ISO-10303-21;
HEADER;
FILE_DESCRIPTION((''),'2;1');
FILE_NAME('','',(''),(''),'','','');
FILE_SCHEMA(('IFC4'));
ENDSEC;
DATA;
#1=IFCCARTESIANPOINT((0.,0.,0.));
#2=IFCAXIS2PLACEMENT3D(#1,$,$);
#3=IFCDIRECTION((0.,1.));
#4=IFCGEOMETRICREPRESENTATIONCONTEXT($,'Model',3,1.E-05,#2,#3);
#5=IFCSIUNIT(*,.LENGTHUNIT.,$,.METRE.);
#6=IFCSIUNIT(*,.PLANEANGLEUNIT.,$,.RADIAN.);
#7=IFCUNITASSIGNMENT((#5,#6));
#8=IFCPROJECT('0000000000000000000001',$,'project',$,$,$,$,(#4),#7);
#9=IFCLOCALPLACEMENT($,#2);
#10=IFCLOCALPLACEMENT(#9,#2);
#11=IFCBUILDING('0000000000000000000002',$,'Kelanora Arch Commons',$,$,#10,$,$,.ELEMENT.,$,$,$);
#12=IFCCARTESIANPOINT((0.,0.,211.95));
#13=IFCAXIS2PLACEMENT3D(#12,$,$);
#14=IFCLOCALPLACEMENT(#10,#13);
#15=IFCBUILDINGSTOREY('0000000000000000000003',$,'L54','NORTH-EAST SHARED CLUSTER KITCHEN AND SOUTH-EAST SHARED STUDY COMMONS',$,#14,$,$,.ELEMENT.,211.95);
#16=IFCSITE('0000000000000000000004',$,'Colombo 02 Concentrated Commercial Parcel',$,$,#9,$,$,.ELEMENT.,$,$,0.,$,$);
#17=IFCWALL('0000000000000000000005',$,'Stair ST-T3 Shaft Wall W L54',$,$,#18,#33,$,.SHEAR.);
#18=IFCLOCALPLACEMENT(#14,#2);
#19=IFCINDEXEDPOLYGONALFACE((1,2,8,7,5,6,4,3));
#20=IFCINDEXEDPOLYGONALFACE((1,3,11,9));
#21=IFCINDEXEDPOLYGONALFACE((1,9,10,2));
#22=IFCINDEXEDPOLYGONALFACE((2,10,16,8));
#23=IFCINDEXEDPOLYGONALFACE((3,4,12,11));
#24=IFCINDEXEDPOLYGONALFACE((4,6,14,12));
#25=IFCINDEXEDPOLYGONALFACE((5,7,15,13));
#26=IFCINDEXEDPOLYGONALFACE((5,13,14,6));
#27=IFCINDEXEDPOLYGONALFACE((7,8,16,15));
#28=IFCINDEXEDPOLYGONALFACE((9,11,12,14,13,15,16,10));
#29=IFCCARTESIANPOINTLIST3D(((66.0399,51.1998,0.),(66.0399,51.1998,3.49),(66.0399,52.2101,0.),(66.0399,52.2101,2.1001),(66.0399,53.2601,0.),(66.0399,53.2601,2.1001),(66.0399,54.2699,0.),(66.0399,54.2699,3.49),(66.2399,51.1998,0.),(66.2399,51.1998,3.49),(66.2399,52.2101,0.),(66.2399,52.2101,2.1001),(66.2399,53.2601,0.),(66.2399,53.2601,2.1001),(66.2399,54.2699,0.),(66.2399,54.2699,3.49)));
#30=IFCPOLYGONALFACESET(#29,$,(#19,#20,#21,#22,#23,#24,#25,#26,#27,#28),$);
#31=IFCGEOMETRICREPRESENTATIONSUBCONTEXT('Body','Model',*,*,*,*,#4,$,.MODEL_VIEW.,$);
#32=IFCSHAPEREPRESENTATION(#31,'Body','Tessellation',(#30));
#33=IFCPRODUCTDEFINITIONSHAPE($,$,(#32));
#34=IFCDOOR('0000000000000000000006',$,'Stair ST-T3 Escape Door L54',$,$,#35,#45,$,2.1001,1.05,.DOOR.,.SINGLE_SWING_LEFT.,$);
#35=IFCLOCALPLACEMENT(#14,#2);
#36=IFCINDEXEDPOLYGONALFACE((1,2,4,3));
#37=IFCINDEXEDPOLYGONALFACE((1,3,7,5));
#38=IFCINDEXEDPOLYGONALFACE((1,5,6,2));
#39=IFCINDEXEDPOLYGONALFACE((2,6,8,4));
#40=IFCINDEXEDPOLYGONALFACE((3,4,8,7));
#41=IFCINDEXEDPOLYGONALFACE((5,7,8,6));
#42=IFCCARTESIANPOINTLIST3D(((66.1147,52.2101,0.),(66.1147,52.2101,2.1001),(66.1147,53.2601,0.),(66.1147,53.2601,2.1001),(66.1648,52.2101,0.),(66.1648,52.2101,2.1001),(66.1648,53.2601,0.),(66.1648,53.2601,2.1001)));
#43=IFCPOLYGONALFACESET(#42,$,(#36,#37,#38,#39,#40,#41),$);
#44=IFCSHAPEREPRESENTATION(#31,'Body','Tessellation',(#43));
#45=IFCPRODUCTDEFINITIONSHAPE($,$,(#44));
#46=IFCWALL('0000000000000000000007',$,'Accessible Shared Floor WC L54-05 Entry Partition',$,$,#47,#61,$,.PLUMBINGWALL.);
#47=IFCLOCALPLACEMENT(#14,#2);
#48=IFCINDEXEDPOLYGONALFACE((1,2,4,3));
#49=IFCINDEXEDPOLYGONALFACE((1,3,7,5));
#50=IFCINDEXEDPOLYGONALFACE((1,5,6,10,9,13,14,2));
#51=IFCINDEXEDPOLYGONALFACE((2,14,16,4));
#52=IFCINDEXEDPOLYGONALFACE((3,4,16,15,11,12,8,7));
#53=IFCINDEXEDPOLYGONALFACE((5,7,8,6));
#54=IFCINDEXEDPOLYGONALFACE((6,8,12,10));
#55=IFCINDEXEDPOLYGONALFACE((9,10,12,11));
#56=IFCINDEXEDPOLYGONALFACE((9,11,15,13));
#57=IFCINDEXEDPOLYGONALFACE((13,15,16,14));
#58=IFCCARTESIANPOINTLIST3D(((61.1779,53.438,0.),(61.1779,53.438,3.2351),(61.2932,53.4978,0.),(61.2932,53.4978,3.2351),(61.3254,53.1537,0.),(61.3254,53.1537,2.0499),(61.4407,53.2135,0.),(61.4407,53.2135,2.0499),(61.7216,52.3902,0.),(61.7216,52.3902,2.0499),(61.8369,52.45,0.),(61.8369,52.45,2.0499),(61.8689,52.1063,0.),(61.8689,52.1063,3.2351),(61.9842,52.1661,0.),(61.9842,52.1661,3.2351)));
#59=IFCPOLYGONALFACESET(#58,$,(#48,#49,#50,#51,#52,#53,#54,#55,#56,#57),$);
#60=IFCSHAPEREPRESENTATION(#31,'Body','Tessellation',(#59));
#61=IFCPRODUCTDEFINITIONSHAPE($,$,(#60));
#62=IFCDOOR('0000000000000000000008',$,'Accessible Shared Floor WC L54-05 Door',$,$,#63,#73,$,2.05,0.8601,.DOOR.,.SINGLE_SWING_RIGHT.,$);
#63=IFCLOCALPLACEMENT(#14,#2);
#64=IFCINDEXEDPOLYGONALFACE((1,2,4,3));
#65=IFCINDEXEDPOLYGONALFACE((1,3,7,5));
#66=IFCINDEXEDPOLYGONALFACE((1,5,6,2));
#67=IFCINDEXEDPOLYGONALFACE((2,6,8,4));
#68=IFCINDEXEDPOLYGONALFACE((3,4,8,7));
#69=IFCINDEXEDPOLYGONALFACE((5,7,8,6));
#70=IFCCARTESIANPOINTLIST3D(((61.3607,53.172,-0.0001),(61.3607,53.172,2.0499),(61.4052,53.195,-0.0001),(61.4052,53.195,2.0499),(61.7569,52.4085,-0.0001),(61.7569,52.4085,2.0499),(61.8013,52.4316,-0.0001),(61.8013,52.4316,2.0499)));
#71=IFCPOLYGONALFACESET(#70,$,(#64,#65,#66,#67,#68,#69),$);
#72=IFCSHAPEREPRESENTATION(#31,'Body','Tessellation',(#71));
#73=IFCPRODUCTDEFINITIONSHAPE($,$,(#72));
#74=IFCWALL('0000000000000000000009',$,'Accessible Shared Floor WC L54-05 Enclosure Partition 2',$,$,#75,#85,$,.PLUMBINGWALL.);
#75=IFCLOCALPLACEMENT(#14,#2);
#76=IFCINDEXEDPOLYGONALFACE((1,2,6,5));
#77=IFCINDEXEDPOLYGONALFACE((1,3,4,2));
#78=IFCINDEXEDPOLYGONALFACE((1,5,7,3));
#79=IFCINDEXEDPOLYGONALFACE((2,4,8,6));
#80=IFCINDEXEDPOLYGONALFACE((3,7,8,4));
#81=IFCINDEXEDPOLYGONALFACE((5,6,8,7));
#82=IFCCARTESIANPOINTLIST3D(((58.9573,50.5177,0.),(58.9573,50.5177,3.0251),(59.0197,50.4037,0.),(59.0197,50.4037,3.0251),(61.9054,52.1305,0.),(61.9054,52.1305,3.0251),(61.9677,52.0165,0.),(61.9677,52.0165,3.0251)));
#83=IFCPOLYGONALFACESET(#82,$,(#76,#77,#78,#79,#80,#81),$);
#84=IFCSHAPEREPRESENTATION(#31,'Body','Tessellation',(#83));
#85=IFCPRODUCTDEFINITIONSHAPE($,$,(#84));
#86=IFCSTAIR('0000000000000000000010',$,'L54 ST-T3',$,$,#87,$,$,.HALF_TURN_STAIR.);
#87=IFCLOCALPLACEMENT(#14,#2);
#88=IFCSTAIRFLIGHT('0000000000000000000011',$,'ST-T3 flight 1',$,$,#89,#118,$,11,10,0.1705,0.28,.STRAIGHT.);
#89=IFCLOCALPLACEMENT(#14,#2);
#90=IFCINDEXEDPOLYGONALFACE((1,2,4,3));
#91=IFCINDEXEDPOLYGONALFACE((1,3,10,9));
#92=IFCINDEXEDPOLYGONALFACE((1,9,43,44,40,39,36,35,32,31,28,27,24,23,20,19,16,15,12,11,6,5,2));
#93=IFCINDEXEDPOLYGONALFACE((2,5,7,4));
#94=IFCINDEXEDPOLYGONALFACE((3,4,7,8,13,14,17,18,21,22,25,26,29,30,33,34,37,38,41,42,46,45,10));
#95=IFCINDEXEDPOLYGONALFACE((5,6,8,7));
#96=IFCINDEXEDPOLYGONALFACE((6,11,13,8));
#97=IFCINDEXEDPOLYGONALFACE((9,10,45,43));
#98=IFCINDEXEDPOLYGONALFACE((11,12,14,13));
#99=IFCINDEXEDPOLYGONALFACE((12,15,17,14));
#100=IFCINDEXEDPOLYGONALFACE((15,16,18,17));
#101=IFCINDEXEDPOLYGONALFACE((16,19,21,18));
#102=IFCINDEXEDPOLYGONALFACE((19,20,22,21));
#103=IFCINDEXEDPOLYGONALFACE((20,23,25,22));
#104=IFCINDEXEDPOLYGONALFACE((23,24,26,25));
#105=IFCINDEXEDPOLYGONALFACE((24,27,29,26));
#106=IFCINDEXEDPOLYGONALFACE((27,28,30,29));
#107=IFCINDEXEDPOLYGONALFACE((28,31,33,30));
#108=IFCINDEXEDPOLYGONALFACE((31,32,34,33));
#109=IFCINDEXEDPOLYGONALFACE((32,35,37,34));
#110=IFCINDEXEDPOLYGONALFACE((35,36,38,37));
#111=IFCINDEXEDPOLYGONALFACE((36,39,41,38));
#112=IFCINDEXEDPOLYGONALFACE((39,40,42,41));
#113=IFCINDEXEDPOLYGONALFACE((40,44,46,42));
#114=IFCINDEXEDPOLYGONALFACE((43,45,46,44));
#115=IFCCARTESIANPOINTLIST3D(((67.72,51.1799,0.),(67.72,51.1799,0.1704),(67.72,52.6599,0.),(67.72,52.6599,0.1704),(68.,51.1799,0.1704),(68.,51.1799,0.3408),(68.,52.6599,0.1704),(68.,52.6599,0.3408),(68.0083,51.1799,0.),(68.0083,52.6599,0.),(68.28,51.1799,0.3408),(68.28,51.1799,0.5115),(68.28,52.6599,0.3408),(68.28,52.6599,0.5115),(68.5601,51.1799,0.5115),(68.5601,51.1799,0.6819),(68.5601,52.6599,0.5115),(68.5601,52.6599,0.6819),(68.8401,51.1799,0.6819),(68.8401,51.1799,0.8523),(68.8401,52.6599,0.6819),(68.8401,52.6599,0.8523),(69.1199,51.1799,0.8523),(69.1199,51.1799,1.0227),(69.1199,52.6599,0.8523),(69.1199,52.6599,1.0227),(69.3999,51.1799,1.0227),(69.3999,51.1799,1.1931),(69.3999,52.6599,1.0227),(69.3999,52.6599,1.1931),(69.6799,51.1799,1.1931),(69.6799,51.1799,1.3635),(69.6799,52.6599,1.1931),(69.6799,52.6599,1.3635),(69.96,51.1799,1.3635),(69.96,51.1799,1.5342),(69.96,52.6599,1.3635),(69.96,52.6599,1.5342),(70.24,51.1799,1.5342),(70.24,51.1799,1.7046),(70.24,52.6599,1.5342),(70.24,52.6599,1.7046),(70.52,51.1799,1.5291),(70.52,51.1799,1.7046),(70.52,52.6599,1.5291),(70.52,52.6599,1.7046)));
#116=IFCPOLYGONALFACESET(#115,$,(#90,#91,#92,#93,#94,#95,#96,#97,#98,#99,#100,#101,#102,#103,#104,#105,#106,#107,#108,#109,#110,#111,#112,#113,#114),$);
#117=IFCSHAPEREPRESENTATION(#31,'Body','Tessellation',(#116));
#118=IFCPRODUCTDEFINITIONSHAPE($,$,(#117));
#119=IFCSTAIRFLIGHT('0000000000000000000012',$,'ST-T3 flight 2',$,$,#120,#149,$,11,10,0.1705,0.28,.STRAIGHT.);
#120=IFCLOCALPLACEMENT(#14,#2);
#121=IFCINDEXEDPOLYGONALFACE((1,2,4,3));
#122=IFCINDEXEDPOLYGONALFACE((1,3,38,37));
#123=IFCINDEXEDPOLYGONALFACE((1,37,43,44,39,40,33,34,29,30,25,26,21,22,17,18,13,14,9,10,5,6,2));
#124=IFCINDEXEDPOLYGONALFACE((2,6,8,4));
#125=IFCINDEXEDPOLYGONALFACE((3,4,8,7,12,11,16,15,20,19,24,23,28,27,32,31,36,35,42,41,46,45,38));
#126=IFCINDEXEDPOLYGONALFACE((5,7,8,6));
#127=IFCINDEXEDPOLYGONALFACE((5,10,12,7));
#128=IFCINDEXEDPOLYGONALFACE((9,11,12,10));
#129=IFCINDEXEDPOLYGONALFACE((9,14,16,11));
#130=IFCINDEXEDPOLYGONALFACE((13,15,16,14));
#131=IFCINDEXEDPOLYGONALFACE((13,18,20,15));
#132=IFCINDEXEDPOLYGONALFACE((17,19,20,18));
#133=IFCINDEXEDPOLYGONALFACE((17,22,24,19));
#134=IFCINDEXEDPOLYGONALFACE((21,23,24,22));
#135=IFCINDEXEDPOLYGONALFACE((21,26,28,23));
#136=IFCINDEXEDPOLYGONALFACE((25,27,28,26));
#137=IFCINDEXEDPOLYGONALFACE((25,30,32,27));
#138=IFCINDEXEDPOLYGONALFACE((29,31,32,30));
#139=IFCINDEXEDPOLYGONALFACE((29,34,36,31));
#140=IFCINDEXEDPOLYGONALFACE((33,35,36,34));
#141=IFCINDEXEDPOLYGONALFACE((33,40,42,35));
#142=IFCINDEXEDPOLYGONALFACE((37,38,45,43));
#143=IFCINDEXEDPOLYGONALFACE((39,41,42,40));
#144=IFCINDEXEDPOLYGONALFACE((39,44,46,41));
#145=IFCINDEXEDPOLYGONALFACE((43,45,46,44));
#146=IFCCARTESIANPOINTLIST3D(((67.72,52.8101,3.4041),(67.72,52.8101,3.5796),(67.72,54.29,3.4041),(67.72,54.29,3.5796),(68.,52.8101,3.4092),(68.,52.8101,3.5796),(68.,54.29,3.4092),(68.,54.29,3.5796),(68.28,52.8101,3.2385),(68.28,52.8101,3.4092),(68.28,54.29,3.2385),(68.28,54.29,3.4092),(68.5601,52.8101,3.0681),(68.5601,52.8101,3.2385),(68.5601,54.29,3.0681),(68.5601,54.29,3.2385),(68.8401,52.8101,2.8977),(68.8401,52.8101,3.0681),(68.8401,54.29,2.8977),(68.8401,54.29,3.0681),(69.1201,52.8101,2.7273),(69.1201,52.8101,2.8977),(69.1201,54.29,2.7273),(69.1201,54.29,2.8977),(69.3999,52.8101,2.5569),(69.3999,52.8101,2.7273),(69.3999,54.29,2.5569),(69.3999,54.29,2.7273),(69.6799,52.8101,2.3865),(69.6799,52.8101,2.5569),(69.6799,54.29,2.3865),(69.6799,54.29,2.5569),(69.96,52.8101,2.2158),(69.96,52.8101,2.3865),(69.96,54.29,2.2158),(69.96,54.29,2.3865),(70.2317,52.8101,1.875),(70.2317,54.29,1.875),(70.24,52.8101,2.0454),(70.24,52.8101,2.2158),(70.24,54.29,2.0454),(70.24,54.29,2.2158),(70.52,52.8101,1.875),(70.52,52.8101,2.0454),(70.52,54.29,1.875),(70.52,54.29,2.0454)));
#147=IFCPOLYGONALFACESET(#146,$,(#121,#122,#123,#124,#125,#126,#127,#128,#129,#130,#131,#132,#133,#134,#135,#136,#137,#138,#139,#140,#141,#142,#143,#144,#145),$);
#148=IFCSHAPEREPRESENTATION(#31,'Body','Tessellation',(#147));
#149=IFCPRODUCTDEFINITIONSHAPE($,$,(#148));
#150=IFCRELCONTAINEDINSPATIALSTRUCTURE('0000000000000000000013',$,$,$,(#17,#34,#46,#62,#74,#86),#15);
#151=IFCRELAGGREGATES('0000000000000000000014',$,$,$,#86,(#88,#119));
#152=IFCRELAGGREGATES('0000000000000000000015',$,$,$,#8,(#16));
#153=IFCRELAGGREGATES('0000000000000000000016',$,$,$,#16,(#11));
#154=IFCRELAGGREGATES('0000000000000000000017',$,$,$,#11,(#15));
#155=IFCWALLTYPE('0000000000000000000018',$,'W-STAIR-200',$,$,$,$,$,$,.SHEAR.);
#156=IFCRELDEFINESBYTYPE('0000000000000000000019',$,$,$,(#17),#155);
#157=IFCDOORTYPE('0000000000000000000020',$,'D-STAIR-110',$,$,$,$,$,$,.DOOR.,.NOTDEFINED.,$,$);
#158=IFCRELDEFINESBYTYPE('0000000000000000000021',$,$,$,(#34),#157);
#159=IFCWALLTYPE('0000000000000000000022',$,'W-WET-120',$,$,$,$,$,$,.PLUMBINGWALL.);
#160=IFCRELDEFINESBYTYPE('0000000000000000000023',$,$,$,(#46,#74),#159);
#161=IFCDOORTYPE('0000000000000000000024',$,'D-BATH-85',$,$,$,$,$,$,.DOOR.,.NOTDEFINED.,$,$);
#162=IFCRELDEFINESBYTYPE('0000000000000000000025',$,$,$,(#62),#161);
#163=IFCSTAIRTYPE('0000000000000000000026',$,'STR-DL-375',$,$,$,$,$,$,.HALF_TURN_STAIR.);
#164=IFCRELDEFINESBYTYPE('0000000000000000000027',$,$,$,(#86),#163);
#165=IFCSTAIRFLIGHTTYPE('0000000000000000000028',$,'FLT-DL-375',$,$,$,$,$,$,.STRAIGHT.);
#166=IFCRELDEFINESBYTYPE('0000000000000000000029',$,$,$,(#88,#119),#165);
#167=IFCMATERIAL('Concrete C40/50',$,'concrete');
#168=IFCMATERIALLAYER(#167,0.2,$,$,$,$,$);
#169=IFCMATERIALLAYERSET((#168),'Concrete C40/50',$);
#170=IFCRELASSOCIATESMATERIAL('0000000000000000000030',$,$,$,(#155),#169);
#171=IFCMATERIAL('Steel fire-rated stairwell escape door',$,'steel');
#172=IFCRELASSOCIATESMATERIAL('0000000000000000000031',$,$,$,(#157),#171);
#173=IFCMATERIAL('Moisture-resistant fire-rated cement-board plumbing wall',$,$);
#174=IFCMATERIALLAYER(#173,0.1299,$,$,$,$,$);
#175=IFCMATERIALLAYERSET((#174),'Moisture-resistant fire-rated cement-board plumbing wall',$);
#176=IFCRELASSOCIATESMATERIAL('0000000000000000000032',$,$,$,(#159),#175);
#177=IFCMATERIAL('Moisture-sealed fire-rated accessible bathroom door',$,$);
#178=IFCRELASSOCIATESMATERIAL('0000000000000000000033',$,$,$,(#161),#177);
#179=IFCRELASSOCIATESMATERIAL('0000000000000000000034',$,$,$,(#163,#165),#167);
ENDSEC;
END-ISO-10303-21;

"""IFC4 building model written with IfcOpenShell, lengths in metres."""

from ifc_helpers import new_model, si_unit, direction, frame, frame_2d, origin, place, context, subcontext, project, spatial, polyline, rectangle, outline, extrude, material, layer, layer_set, type_object, element, fill, aggregate, save


model = new_model("IFC4")

# Units and contexts
model_context = context("Model", 3, precision=1e-05, world=origin(), true_north=direction((0.0, 1.0)))
body_context = subcontext(model_context, "Body", "Model", "MODEL_VIEW")
ifc_project = project(units=[si_unit("LENGTHUNIT", "METRE"), si_unit("PLANEANGLEUNIT", "RADIAN")], contexts=[model_context])

# Site, building, storey
site_placement = place(None, origin())
site = spatial("IfcSite", under=ifc_project, at=site_placement, Name="Colombo 02 Concentrated Commercial Parcel", CompositionType="ELEMENT", RefElevation=0.0)
building_placement = place(site_placement, origin())
building = spatial("IfcBuilding", under=site, at=building_placement, Name="Kelanora Arch Commons", CompositionType="ELEMENT")
storey_placement = place(building_placement, frame((0.0, 0.0, 211.95)))
storey = spatial("IfcBuildingStorey", under=building, at=storey_placement, Name="L54", Description="NORTH-EAST SHARED CLUSTER KITCHEN AND SOUTH-EAST SHARED STUDY COMMONS", CompositionType="ELEMENT", Elevation=211.95)

# Shared definitions
ifc_material_1 = material(Name="Concrete C40/50", Category="concrete")

# Shared definitions
ifc_layer_1 = layer(ifc_material_1, 0.2)
ifc_layer_set_1 = layer_set([ifc_layer_1], Name="Concrete C40/50")
wall_type_1 = type_object("IfcWallType", Name="W-STAIR-200", PredefinedType="SHEAR", material=ifc_layer_set_1)

# Walls, openings, doors
wall_1_placement = place(storey_placement, frame((66.1399, 54.27, 0.0), z_axis=(0.0, 0.0, 1.0), x_axis=(0.0, -1.0, 0.0)))
wall_1 = element("IfcWall", 1, at=wall_1_placement, inside=storey, type_object=wall_type_1, Name="Stair ST-T3 Shaft Wall W L54", PredefinedType="SHEAR", context=body_context, shape_type="SweptSolid", body=[
    extrude(rectangle(XDim=3.0701, YDim=0.2, at=frame_2d((1.5352, 0.0))), origin(), (0.0, 0.0, 1.0), 3.49),
])
opening_1_placement = place(wall_1_placement, frame((1.01, 0.0, 0.0)))
opening_1 = element("IfcOpeningElement", 2, at=opening_1_placement, cuts=wall_1, PredefinedType="OPENING", context=body_context, shape_type="SweptSolid", body=[
    extrude(rectangle(XDim=1.05, YDim=2.1001, at=frame_2d((0.5249, 1.05))), frame((0.0, 0.1099, 0.0), z_axis=(0.0, -1.0, 0.0), x_axis=(1.0, 0.0, 0.0)), (0.0, 0.0, 1.0), 0.22),
])
ifc_material_2 = material(Name="Steel fire-rated stairwell escape door", Category="steel")
door_type_1 = type_object("IfcDoorType", Name="D-STAIR-110", OperationType="NOTDEFINED", PredefinedType="DOOR", material=ifc_material_2)
door_1_placement = place(opening_1_placement, origin())
door_1 = element("IfcDoor", 3, at=door_1_placement, inside=storey, type_object=door_type_1, Name="Stair ST-T3 Escape Door L54", OperationType="SINGLE_SWING_LEFT", OverallHeight=2.1001, OverallWidth=1.05, PredefinedType="DOOR", context=body_context, shape_type="SweptSolid", body=[
    extrude(rectangle(XDim=1.05, YDim=2.1001, at=frame_2d((0.5249, 1.05))), frame((0.0, 0.0249, 0.0), z_axis=(0.0, -1.0, 0.0), x_axis=(1.0, 0.0, 0.0)), (0.0, 0.0, 1.0), 0.05),
])
fill(opening_1, door_1)
ifc_material_3 = material(Name="Moisture-resistant fire-rated cement-board plumbing wall")
ifc_layer_2 = layer(ifc_material_3, 0.1299)
ifc_layer_set_2 = layer_set([ifc_layer_2], Name="Moisture-resistant fire-rated cement-board plumbing wall")
wall_type_2 = type_object("IfcWallType", Name="W-WET-120", PredefinedType="PLUMBINGWALL", material=ifc_layer_set_2)
wall_2_placement = place(storey_placement, frame((61.2356, 53.4678, 0.0), z_axis=(0.0, 0.0, 1.0), x_axis=(0.460574, -0.887621, 0.0)))
wall_2 = element("IfcWall", 4, at=wall_2_placement, inside=storey, type_object=wall_type_2, Name="Accessible Shared Floor WC L54-05 Entry Partition", PredefinedType="PLUMBINGWALL", context=body_context, shape_type="SweptSolid", body=[
    extrude(rectangle(XDim=1.5002, YDim=0.1299, at=frame_2d((0.75, 0.0))), origin(), (0.0, 0.0, 1.0), 3.2351),
])
opening_2_placement = place(wall_2_placement, frame((0.3201, 0.0, 0.0)))
opening_2 = element("IfcOpeningElement", 5, at=opening_2_placement, cuts=wall_2, PredefinedType="OPENING", context=body_context, shape_type="SweptSolid", body=[
    extrude(rectangle(XDim=0.8601, YDim=2.05, at=frame_2d((0.4302, 1.0249))), frame((0.0, 0.075, 0.0), z_axis=(0.0, -1.0, 0.0), x_axis=(1.0, 0.0, 0.0)), (0.0, 0.0, 1.0), 0.1499),
])
ifc_material_4 = material(Name="Moisture-sealed fire-rated accessible bathroom door")
door_type_2 = type_object("IfcDoorType", Name="D-BATH-85", OperationType="NOTDEFINED", PredefinedType="DOOR", material=ifc_material_4)
door_2_placement = place(opening_2_placement, origin())
door_2 = element("IfcDoor", 6, at=door_2_placement, inside=storey, type_object=door_type_2, Name="Accessible Shared Floor WC L54-05 Door", OperationType="SINGLE_SWING_RIGHT", OverallHeight=2.05, OverallWidth=0.8601, PredefinedType="DOOR", context=body_context, shape_type="SweptSolid", body=[
    extrude(rectangle(XDim=0.8601, YDim=2.05, at=frame_2d((0.4302, 1.0249))), frame((0.0, 0.0249, 0.0), z_axis=(0.0, -1.0, 0.0), x_axis=(1.0, 0.0, 0.0)), (0.0, 0.0, 1.0), 0.05),
])
fill(opening_2, door_2)

# Wall
wall_3_placement = place(storey_placement, frame((61.9365, 52.0735, 0.0), z_axis=(0.0, 0.0, 1.0), x_axis=(-0.877295, -0.479951, 0.0)))
element("IfcWall", 7, at=wall_3_placement, inside=storey, type_object=wall_type_2, Name="Accessible Shared Floor WC L54-05 Enclosure Partition 2", PredefinedType="PLUMBINGWALL", context=body_context, shape_type="SweptSolid", body=[
    extrude(rectangle(XDim=3.3604, YDim=0.1299, at=frame_2d((1.6802, 0.0))), origin(), (0.0, 0.0, 1.0), 3.0251),
])

# Stair, stair flights
stair_type = type_object("IfcStairType", Name="STR-DL-375", PredefinedType="HALF_TURN_STAIR", material=ifc_material_1)
stair_placement = place(storey_placement, origin())
stair = element("IfcStair", 8, at=stair_placement, inside=storey, type_object=stair_type, Name="L54 ST-T3", PredefinedType="HALF_TURN_STAIR")
stair_flight_type = type_object("IfcStairFlightType", Name="FLT-DL-375", PredefinedType="STRAIGHT", material=ifc_material_1)
stair_flight_1_placement = place(storey_placement, frame((67.72, 51.9199, 0.0), z_axis=(0.0, 0.0, 1.0), x_axis=(1.0, 0.0, 0.0)))
stair_flight_1 = element("IfcStairFlight", 9, at=stair_flight_1_placement, type_object=stair_flight_type, Name="ST-T3 flight 1", NumberOfRisers=11, NumberOfTreads=10, PredefinedType="STRAIGHT", RiserHeight=0.1705, TreadLength=0.28, context=body_context, shape_type="SweptSolid", body=[
    extrude(outline(polyline([(0.0, 0.0), (0.0, 0.1704), (0.28, 0.1704), (0.28, 0.3408), (0.5601, 0.3408), (0.5601, 0.5115), (0.8401, 0.5115), (0.8401, 0.6819), (1.1201, 0.6819), (1.1201, 0.8523), (1.3999, 0.8523), (1.3999, 1.0227), (1.6799, 1.0227), (1.6799, 1.1931), (1.96, 1.1931), (1.96, 1.3635), (2.24, 1.3635), (2.24, 1.5342), (2.52, 1.5342), (2.52, 1.7046), (2.8, 1.7046), (2.8, 1.875), (2.8, 1.5291), (0.2883, 0.0), (0.0, 0.0)])), frame((0.0, 0.74, 0.0), z_axis=(0.0, -1.0, 0.0), x_axis=(1.0, 0.0, 0.0)), (0.0, 0.0, 1.0), 1.48),
])
stair_flight_2_placement = place(storey_placement, frame((70.52, 53.55, 1.875), z_axis=(0.0, 0.0, 1.0), x_axis=(-1.0, 0.0, 0.0)))
stair_flight_2 = element("IfcStairFlight", 10, at=stair_flight_2_placement, type_object=stair_flight_type, Name="ST-T3 flight 2", NumberOfRisers=11, NumberOfTreads=10, PredefinedType="STRAIGHT", RiserHeight=0.1705, TreadLength=0.28, context=body_context, shape_type="SweptSolid", body=[
    extrude(outline(polyline([(0.0, 0.0), (0.0, 0.1704), (0.28, 0.1704), (0.28, 0.3408), (0.5601, 0.3408), (0.5601, 0.5115), (0.8401, 0.5115), (0.8401, 0.6819), (1.1201, 0.6819), (1.1201, 0.8523), (1.3999, 0.8523), (1.3999, 1.0227), (1.6799, 1.0227), (1.6799, 1.1931), (1.96, 1.1931), (1.96, 1.3635), (2.24, 1.3635), (2.24, 1.5342), (2.52, 1.5342), (2.52, 1.7046), (2.8, 1.7046), (2.8, 1.875), (2.8, 1.5291), (0.2883, 0.0), (0.0, 0.0)])), frame((0.0, 0.74, 0.0), z_axis=(0.0, -1.0, 0.0), x_axis=(1.0, 0.0, 0.0)), (0.0, 0.0, 1.0), 1.48),
])
aggregate(stair, [stair_flight_1, stair_flight_2])

save(model, "model.ifc")
